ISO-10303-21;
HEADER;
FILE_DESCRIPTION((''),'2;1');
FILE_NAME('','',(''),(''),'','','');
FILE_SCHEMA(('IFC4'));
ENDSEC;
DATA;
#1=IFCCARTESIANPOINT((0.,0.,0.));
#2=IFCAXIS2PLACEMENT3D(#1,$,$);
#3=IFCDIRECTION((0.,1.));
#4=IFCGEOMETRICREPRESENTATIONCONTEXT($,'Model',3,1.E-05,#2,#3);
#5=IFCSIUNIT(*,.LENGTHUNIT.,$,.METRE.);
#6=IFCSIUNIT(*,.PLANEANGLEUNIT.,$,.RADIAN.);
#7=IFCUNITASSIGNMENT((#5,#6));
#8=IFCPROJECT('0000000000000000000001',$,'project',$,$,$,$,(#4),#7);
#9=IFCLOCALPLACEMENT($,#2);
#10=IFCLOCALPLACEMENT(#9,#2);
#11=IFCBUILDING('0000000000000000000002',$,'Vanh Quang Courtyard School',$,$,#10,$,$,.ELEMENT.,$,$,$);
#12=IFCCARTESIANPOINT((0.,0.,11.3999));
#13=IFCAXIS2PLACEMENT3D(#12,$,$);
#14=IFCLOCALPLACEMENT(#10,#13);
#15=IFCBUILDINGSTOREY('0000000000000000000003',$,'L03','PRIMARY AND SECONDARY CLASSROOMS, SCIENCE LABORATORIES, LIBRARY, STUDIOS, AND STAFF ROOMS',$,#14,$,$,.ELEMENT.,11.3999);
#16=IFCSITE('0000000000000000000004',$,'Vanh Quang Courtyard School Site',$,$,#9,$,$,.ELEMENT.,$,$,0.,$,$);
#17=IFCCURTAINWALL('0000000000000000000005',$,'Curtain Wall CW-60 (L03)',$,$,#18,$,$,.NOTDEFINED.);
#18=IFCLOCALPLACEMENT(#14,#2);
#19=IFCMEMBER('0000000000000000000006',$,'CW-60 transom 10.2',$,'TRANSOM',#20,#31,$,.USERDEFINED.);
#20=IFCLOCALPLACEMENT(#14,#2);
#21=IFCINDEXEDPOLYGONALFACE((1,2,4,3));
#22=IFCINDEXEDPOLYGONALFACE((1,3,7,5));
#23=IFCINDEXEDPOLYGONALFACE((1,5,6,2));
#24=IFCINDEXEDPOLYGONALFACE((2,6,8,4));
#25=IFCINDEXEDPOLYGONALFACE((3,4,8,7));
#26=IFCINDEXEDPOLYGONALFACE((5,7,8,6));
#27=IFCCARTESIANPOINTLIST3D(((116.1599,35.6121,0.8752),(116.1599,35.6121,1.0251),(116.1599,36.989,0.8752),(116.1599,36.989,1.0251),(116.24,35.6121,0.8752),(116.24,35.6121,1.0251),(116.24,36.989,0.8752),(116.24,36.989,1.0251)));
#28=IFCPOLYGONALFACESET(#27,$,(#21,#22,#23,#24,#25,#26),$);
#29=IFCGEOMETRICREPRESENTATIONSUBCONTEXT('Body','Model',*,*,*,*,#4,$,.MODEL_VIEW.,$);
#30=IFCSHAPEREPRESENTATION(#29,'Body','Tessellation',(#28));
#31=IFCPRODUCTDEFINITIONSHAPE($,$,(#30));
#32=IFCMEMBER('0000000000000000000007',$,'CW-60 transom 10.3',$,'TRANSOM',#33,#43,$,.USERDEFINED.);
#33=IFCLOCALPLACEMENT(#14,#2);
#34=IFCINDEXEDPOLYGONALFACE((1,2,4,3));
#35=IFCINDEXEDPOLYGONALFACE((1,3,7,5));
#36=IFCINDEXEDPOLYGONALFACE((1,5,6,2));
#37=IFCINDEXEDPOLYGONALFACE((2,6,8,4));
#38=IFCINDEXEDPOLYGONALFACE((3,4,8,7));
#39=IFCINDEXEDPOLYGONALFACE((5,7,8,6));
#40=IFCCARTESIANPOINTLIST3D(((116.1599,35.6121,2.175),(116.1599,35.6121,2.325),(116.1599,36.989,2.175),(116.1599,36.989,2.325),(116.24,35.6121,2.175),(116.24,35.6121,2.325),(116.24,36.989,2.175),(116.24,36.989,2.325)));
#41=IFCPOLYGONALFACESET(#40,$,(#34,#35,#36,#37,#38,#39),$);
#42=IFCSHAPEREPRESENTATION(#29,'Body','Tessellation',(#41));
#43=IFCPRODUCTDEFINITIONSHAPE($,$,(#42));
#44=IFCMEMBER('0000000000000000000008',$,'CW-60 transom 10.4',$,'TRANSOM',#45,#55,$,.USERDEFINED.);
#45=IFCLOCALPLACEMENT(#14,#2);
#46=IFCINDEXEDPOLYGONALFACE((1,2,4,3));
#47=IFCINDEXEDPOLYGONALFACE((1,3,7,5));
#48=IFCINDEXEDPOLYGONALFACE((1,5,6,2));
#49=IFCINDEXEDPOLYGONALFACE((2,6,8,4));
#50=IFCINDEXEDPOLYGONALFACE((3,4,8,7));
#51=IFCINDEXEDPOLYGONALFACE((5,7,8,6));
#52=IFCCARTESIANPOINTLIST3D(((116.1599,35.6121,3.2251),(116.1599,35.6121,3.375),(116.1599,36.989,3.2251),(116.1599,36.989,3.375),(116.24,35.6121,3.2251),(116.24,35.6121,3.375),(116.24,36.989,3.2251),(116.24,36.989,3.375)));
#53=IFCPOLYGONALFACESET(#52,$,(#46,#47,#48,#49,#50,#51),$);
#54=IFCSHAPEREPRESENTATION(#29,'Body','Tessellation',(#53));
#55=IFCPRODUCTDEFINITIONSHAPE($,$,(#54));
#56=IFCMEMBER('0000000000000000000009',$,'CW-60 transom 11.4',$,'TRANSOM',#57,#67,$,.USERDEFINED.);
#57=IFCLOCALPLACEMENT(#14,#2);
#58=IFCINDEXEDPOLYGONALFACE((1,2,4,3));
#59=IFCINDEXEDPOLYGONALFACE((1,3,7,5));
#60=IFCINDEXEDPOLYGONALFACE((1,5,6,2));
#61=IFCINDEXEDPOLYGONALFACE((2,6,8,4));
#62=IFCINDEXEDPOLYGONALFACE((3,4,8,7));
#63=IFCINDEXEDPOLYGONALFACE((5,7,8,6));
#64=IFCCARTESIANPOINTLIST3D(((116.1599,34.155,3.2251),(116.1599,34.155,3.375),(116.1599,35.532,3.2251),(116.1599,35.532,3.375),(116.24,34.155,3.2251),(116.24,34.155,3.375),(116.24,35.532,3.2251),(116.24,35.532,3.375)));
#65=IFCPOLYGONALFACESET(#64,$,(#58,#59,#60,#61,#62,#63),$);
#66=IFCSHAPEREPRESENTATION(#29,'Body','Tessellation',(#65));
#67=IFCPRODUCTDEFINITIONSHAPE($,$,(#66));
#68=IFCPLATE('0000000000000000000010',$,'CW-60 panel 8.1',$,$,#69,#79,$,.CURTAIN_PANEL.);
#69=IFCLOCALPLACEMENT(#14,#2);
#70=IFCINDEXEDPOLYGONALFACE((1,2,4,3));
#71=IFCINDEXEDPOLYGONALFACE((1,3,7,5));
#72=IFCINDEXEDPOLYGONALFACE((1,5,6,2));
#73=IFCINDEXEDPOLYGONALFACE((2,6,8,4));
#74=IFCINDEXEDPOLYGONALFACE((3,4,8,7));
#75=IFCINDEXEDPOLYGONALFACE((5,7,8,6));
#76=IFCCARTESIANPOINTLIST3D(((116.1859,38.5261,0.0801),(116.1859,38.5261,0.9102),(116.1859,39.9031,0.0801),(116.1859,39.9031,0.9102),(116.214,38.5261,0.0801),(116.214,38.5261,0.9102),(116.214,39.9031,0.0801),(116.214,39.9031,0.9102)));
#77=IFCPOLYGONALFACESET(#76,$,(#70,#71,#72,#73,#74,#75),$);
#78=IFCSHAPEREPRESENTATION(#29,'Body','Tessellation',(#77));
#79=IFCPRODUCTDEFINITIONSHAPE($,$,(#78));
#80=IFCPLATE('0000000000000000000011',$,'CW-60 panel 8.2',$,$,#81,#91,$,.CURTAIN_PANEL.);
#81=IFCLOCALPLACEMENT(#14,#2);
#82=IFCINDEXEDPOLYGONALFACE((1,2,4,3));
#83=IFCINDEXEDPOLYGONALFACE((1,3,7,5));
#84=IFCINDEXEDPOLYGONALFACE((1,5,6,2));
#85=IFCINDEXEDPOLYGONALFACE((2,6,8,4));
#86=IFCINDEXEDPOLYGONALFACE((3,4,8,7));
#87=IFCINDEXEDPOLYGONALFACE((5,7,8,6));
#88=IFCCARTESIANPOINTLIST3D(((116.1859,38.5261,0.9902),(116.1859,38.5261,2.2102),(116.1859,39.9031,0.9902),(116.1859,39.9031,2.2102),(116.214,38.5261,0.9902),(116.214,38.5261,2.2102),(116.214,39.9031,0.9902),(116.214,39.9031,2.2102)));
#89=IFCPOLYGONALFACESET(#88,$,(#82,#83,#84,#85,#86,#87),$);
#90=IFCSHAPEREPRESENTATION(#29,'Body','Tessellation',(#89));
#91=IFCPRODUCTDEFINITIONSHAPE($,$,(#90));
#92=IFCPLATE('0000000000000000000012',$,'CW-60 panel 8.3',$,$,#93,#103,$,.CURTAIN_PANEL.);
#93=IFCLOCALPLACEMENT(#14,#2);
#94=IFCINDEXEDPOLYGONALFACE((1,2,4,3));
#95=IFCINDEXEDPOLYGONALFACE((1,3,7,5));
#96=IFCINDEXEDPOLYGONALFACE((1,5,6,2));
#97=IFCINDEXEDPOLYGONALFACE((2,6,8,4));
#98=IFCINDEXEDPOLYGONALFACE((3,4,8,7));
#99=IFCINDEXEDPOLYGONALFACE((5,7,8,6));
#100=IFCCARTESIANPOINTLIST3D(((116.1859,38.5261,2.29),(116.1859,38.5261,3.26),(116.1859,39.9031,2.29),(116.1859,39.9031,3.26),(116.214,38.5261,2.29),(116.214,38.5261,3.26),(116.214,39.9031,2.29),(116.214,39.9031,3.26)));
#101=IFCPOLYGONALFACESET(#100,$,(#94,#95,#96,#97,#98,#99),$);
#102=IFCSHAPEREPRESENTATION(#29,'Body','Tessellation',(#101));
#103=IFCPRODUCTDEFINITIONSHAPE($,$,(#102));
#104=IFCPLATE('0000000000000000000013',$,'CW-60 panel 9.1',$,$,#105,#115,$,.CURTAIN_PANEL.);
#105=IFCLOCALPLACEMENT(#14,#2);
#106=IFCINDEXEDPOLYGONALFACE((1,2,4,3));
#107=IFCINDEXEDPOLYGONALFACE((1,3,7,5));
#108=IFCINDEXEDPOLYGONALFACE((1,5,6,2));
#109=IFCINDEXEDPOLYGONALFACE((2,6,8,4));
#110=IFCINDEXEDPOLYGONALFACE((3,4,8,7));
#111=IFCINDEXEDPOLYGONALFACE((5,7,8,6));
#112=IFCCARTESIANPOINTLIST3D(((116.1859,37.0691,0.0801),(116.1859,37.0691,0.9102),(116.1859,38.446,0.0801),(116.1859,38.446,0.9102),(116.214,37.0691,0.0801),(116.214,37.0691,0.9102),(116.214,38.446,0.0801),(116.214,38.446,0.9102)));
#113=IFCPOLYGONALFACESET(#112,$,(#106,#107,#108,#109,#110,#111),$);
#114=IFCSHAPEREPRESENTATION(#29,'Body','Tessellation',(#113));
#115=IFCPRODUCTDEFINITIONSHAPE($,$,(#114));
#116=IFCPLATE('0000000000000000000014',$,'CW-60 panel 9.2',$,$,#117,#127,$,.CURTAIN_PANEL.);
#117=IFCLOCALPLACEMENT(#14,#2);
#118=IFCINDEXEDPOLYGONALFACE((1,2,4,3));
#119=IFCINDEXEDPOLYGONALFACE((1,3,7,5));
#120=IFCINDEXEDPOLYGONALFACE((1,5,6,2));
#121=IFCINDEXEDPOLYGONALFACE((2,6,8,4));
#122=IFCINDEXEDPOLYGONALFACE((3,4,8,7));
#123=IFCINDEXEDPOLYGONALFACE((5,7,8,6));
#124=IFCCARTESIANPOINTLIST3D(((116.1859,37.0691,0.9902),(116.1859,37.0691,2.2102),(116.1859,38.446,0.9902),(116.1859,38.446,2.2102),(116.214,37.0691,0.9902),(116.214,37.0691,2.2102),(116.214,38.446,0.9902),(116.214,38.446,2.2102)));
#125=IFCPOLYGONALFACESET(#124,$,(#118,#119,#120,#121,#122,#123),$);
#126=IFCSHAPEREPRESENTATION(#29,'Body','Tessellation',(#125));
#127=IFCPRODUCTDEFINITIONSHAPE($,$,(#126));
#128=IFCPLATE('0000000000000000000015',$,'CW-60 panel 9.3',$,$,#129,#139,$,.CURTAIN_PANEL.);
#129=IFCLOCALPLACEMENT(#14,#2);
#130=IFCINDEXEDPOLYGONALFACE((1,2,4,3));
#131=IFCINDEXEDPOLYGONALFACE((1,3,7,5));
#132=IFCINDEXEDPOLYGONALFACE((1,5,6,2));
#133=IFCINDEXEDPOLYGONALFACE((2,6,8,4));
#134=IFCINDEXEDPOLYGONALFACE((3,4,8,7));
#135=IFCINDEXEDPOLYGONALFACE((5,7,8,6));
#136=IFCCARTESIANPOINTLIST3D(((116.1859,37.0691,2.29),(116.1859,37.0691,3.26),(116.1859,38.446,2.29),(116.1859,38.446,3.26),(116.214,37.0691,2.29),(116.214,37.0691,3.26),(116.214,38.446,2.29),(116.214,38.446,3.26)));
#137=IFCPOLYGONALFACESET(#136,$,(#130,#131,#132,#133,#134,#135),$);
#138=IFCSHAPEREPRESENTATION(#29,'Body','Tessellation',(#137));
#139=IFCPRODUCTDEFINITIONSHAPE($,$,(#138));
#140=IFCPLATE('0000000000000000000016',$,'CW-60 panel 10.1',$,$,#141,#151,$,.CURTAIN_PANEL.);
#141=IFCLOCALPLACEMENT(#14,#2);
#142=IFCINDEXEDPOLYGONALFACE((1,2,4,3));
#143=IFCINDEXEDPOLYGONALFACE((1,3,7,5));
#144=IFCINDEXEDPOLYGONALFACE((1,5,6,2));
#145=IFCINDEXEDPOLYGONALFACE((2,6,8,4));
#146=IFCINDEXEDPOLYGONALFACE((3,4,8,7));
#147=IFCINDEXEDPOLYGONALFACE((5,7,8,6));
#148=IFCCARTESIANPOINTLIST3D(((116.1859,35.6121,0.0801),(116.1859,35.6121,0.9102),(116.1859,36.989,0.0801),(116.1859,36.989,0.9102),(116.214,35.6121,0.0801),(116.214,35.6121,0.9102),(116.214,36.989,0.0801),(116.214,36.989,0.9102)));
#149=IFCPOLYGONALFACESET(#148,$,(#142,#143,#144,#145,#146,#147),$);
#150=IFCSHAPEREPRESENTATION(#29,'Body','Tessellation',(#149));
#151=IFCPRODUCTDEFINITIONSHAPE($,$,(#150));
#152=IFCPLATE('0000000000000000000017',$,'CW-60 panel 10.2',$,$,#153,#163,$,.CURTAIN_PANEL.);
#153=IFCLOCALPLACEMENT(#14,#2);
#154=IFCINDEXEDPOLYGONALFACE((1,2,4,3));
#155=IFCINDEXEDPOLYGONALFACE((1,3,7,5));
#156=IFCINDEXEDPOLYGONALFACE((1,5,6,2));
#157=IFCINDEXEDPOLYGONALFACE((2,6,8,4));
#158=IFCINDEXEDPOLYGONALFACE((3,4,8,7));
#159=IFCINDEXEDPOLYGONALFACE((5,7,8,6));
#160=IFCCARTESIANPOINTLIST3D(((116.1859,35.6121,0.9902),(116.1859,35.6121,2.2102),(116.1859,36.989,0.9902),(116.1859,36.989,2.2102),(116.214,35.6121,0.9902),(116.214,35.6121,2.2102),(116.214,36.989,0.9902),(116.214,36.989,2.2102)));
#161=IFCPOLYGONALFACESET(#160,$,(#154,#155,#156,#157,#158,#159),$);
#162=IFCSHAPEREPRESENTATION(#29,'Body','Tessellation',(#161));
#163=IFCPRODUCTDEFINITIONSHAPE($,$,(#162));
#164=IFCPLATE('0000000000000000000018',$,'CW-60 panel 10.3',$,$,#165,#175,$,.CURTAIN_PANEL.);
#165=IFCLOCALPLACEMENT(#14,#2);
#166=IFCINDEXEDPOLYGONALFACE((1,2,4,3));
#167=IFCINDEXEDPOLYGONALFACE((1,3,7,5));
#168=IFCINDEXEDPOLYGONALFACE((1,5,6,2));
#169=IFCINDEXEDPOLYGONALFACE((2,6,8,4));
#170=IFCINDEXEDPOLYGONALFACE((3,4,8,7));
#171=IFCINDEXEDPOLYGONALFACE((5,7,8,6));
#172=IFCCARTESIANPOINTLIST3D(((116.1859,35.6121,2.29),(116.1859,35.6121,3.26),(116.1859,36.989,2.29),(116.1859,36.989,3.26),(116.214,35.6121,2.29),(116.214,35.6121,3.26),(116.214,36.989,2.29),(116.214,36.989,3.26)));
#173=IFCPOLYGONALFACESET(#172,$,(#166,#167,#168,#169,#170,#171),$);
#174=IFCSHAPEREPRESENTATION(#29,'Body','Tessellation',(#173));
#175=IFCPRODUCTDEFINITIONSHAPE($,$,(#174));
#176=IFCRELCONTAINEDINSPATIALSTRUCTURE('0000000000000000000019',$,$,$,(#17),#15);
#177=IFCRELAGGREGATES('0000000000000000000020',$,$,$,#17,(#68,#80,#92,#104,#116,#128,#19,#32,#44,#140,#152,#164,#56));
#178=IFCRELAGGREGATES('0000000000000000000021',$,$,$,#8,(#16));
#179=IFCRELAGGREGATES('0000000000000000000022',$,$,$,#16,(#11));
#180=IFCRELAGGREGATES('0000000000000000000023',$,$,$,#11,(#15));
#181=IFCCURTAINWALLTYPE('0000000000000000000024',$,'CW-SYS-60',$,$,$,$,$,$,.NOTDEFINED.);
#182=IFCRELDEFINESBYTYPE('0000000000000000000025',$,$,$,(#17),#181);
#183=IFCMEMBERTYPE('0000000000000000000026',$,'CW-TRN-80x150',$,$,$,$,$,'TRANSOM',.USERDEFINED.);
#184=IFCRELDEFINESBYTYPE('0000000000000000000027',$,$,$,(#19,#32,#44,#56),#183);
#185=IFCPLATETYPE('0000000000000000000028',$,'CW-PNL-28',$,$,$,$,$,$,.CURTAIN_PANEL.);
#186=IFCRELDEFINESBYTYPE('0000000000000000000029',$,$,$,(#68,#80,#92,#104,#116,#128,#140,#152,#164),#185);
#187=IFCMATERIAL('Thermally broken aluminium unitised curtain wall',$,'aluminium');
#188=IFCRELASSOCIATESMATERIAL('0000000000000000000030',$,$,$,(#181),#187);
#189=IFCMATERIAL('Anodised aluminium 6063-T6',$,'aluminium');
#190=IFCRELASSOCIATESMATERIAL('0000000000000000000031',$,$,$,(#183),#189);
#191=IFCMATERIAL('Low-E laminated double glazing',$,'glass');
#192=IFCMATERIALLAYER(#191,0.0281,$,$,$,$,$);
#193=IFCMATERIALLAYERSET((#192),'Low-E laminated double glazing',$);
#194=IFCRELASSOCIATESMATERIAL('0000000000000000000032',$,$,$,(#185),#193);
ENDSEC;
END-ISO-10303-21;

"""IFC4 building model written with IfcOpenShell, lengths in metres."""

from ifc_helpers import new_model, si_unit, direction, frame, origin, origin_2d, place, context, subcontext, project, spatial, rectangle, extrude, material, layer, layer_set, material_profile, profile_set, type_object, element, aggregate, save


model = new_model("IFC4")

# Units and contexts
model_context = context("Model", 3, precision=1e-05, world=origin(), true_north=direction((0.0, 1.0)))
body_context = subcontext(model_context, "Body", "Model", "MODEL_VIEW")
ifc_project = project(units=[si_unit("LENGTHUNIT", "METRE"), si_unit("PLANEANGLEUNIT", "RADIAN")], contexts=[model_context])

# Site, building, storey
site_placement = place(None, origin())
site = spatial("IfcSite", under=ifc_project, at=site_placement, Name="Vanh Quang Courtyard School Site", CompositionType="ELEMENT", RefElevation=0.0)
building_placement = place(site_placement, origin())
building = spatial("IfcBuilding", under=site, at=building_placement, Name="Vanh Quang Courtyard School", CompositionType="ELEMENT")
storey_placement = place(building_placement, frame((0.0, 0.0, 11.3999)))
storey = spatial("IfcBuildingStorey", under=building, at=storey_placement, Name="L03", Description="PRIMARY AND SECONDARY CLASSROOMS, SCIENCE LABORATORIES, LIBRARY, STUDIOS, AND STAFF ROOMS", CompositionType="ELEMENT", Elevation=11.3999)

# Curtain wall, members, plates
ifc_material_1 = material(Name="Thermally broken aluminium unitised curtain wall", Category="aluminium")
curtain_wall_type = type_object("IfcCurtainWallType", Name="CW-SYS-60", PredefinedType="NOTDEFINED", material=ifc_material_1)
curtain_wall_placement = place(storey_placement, origin())
curtain_wall = element("IfcCurtainWall", 1, at=curtain_wall_placement, inside=storey, type_object=curtain_wall_type, Name="Curtain Wall CW-60 (L03)", PredefinedType="NOTDEFINED")
ifc_material_2 = material(Name="Anodised aluminium 6063-T6", Category="aluminium")
ifc_material_profile_1 = material_profile(ifc_material_2, rectangle(XDim=0.0801, YDim=0.1499, at=origin_2d()), Name="ALU-TRN 80x150")
ifc_profile_set_1 = profile_set([ifc_material_profile_1], Name="Anodised aluminium 6063-T6")
member_type_1 = type_object("IfcMemberType", Name="CW-TRN-80x150", ElementType="TRANSOM", PredefinedType="USERDEFINED", material=ifc_profile_set_1)
member_1_placement = place(storey_placement, frame((116.2, 36.989, 0.9502), z_axis=(0.0, -1.0, 0.0), x_axis=(1.0, 0.0, 0.0)))
member_1 = element("IfcMember", 2, at=member_1_placement, type_object=member_type_1, Name="CW-60 transom 10.2", ObjectType="TRANSOM", PredefinedType="USERDEFINED", context=body_context, shape_type="SweptSolid", body=[
    extrude(rectangle(XDim=0.0801, YDim=0.1499, at=origin_2d()), origin(), (0.0, 0.0, 1.0), 1.377),
])
member_2_placement = place(storey_placement, frame((116.2, 36.989, 2.25), z_axis=(0.0, -1.0, 0.0), x_axis=(1.0, 0.0, 0.0)))
member_2 = element("IfcMember", 3, at=member_2_placement, type_object=member_type_1, Name="CW-60 transom 10.3", ObjectType="TRANSOM", PredefinedType="USERDEFINED", context=body_context, shape_type="SweptSolid", body=[
    extrude(rectangle(XDim=0.0801, YDim=0.1499, at=origin_2d()), origin(), (0.0, 0.0, 1.0), 1.377),
])
member_3_placement = place(storey_placement, frame((116.2, 36.989, 3.3), z_axis=(0.0, -1.0, 0.0), x_axis=(1.0, 0.0, 0.0)))
member_3 = element("IfcMember", 4, at=member_3_placement, type_object=member_type_1, Name="CW-60 transom 10.4", ObjectType="TRANSOM", PredefinedType="USERDEFINED", context=body_context, shape_type="SweptSolid", body=[
    extrude(rectangle(XDim=0.0801, YDim=0.1499, at=origin_2d()), origin(), (0.0, 0.0, 1.0), 1.377),
])
member_4_placement = place(storey_placement, frame((116.2, 35.532, 3.3), z_axis=(0.0, -1.0, 0.0), x_axis=(1.0, 0.0, 0.0)))
member_4 = element("IfcMember", 5, at=member_4_placement, type_object=member_type_1, Name="CW-60 transom 11.4", ObjectType="TRANSOM", PredefinedType="USERDEFINED", context=body_context, shape_type="SweptSolid", body=[
    extrude(rectangle(XDim=0.0801, YDim=0.1499, at=origin_2d()), origin(), (0.0, 0.0, 1.0), 1.377),
])
ifc_material_3 = material(Name="Low-E laminated double glazing", Category="glass")
ifc_layer = layer(ifc_material_3, 0.0281)
ifc_layer_set = layer_set([ifc_layer], Name="Low-E laminated double glazing")
plate_type = type_object("IfcPlateType", Name="CW-PNL-28", PredefinedType="CURTAIN_PANEL", material=ifc_layer_set)
plate_1_placement = place(storey_placement, frame((116.2, 39.2146, 0.0801), z_axis=(0.0, 0.0, 1.0), x_axis=(0.0, -1.0, 0.0)))
plate_1 = element("IfcPlate", 6, at=plate_1_placement, type_object=plate_type, Name="CW-60 panel 8.1", PredefinedType="CURTAIN_PANEL", context=body_context, shape_type="SweptSolid", body=[
    extrude(rectangle(XDim=1.377, YDim=0.0281, at=origin_2d()), origin(), (0.0, 0.0, 1.0), 0.8301),
])
plate_2_placement = place(storey_placement, frame((116.2, 39.2146, 0.9902), z_axis=(0.0, 0.0, 1.0), x_axis=(0.0, -1.0, 0.0)))
plate_2 = element("IfcPlate", 7, at=plate_2_placement, type_object=plate_type, Name="CW-60 panel 8.2", PredefinedType="CURTAIN_PANEL", context=body_context, shape_type="SweptSolid", body=[
    extrude(rectangle(XDim=1.377, YDim=0.0281, at=origin_2d()), origin(), (0.0, 0.0, 1.0), 1.22),
])
plate_3_placement = place(storey_placement, frame((116.2, 39.2146, 2.29), z_axis=(0.0, 0.0, 1.0), x_axis=(0.0, -1.0, 0.0)))
plate_3 = element("IfcPlate", 8, at=plate_3_placement, type_object=plate_type, Name="CW-60 panel 8.3", PredefinedType="CURTAIN_PANEL", context=body_context, shape_type="SweptSolid", body=[
    extrude(rectangle(XDim=1.377, YDim=0.0281, at=origin_2d()), origin(), (0.0, 0.0, 1.0), 0.97),
])
plate_4_placement = place(storey_placement, frame((116.2, 37.7576, 0.0801), z_axis=(0.0, 0.0, 1.0), x_axis=(0.0, -1.0, 0.0)))
plate_4 = element("IfcPlate", 9, at=plate_4_placement, type_object=plate_type, Name="CW-60 panel 9.1", PredefinedType="CURTAIN_PANEL", context=body_context, shape_type="SweptSolid", body=[
    extrude(rectangle(XDim=1.377, YDim=0.0281, at=origin_2d()), origin(), (0.0, 0.0, 1.0), 0.8301),
])
plate_5_placement = place(storey_placement, frame((116.2, 37.7576, 0.9902), z_axis=(0.0, 0.0, 1.0), x_axis=(0.0, -1.0, 0.0)))
plate_5 = element("IfcPlate", 10, at=plate_5_placement, type_object=plate_type, Name="CW-60 panel 9.2", PredefinedType="CURTAIN_PANEL", context=body_context, shape_type="SweptSolid", body=[
    extrude(rectangle(XDim=1.377, YDim=0.0281, at=origin_2d()), origin(), (0.0, 0.0, 1.0), 1.22),
])
plate_6_placement = place(storey_placement, frame((116.2, 37.7576, 2.29), z_axis=(0.0, 0.0, 1.0), x_axis=(0.0, -1.0, 0.0)))
plate_6 = element("IfcPlate", 11, at=plate_6_placement, type_object=plate_type, Name="CW-60 panel 9.3", PredefinedType="CURTAIN_PANEL", context=body_context, shape_type="SweptSolid", body=[
    extrude(rectangle(XDim=1.377, YDim=0.0281, at=origin_2d()), origin(), (0.0, 0.0, 1.0), 0.97),
])
plate_7_placement = place(storey_placement, frame((116.2, 36.3005, 0.0801), z_axis=(0.0, 0.0, 1.0), x_axis=(0.0, -1.0, 0.0)))
plate_7 = element("IfcPlate", 12, at=plate_7_placement, type_object=plate_type, Name="CW-60 panel 10.1", PredefinedType="CURTAIN_PANEL", context=body_context, shape_type="SweptSolid", body=[
    extrude(rectangle(XDim=1.377, YDim=0.0281, at=origin_2d()), origin(), (0.0, 0.0, 1.0), 0.8301),
])
plate_8_placement = place(storey_placement, frame((116.2, 36.3005, 0.9902), z_axis=(0.0, 0.0, 1.0), x_axis=(0.0, -1.0, 0.0)))
plate_8 = element("IfcPlate", 13, at=plate_8_placement, type_object=plate_type, Name="CW-60 panel 10.2", PredefinedType="CURTAIN_PANEL", context=body_context, shape_type="SweptSolid", body=[
    extrude(rectangle(XDim=1.377, YDim=0.0281, at=origin_2d()), origin(), (0.0, 0.0, 1.0), 1.22),
])
plate_9_placement = place(storey_placement, frame((116.2, 36.3005, 2.29), z_axis=(0.0, 0.0, 1.0), x_axis=(0.0, -1.0, 0.0)))
plate_9 = element("IfcPlate", 14, at=plate_9_placement, type_object=plate_type, Name="CW-60 panel 10.3", PredefinedType="CURTAIN_PANEL", context=body_context, shape_type="SweptSolid", body=[
    extrude(rectangle(XDim=1.377, YDim=0.0281, at=origin_2d()), origin(), (0.0, 0.0, 1.0), 0.97),
])
aggregate(curtain_wall, [plate_1, plate_2, plate_3, plate_4, plate_5, plate_6, member_1, member_2, member_3, plate_7, plate_8, plate_9, member_4])

save(model, "model.ifc")
